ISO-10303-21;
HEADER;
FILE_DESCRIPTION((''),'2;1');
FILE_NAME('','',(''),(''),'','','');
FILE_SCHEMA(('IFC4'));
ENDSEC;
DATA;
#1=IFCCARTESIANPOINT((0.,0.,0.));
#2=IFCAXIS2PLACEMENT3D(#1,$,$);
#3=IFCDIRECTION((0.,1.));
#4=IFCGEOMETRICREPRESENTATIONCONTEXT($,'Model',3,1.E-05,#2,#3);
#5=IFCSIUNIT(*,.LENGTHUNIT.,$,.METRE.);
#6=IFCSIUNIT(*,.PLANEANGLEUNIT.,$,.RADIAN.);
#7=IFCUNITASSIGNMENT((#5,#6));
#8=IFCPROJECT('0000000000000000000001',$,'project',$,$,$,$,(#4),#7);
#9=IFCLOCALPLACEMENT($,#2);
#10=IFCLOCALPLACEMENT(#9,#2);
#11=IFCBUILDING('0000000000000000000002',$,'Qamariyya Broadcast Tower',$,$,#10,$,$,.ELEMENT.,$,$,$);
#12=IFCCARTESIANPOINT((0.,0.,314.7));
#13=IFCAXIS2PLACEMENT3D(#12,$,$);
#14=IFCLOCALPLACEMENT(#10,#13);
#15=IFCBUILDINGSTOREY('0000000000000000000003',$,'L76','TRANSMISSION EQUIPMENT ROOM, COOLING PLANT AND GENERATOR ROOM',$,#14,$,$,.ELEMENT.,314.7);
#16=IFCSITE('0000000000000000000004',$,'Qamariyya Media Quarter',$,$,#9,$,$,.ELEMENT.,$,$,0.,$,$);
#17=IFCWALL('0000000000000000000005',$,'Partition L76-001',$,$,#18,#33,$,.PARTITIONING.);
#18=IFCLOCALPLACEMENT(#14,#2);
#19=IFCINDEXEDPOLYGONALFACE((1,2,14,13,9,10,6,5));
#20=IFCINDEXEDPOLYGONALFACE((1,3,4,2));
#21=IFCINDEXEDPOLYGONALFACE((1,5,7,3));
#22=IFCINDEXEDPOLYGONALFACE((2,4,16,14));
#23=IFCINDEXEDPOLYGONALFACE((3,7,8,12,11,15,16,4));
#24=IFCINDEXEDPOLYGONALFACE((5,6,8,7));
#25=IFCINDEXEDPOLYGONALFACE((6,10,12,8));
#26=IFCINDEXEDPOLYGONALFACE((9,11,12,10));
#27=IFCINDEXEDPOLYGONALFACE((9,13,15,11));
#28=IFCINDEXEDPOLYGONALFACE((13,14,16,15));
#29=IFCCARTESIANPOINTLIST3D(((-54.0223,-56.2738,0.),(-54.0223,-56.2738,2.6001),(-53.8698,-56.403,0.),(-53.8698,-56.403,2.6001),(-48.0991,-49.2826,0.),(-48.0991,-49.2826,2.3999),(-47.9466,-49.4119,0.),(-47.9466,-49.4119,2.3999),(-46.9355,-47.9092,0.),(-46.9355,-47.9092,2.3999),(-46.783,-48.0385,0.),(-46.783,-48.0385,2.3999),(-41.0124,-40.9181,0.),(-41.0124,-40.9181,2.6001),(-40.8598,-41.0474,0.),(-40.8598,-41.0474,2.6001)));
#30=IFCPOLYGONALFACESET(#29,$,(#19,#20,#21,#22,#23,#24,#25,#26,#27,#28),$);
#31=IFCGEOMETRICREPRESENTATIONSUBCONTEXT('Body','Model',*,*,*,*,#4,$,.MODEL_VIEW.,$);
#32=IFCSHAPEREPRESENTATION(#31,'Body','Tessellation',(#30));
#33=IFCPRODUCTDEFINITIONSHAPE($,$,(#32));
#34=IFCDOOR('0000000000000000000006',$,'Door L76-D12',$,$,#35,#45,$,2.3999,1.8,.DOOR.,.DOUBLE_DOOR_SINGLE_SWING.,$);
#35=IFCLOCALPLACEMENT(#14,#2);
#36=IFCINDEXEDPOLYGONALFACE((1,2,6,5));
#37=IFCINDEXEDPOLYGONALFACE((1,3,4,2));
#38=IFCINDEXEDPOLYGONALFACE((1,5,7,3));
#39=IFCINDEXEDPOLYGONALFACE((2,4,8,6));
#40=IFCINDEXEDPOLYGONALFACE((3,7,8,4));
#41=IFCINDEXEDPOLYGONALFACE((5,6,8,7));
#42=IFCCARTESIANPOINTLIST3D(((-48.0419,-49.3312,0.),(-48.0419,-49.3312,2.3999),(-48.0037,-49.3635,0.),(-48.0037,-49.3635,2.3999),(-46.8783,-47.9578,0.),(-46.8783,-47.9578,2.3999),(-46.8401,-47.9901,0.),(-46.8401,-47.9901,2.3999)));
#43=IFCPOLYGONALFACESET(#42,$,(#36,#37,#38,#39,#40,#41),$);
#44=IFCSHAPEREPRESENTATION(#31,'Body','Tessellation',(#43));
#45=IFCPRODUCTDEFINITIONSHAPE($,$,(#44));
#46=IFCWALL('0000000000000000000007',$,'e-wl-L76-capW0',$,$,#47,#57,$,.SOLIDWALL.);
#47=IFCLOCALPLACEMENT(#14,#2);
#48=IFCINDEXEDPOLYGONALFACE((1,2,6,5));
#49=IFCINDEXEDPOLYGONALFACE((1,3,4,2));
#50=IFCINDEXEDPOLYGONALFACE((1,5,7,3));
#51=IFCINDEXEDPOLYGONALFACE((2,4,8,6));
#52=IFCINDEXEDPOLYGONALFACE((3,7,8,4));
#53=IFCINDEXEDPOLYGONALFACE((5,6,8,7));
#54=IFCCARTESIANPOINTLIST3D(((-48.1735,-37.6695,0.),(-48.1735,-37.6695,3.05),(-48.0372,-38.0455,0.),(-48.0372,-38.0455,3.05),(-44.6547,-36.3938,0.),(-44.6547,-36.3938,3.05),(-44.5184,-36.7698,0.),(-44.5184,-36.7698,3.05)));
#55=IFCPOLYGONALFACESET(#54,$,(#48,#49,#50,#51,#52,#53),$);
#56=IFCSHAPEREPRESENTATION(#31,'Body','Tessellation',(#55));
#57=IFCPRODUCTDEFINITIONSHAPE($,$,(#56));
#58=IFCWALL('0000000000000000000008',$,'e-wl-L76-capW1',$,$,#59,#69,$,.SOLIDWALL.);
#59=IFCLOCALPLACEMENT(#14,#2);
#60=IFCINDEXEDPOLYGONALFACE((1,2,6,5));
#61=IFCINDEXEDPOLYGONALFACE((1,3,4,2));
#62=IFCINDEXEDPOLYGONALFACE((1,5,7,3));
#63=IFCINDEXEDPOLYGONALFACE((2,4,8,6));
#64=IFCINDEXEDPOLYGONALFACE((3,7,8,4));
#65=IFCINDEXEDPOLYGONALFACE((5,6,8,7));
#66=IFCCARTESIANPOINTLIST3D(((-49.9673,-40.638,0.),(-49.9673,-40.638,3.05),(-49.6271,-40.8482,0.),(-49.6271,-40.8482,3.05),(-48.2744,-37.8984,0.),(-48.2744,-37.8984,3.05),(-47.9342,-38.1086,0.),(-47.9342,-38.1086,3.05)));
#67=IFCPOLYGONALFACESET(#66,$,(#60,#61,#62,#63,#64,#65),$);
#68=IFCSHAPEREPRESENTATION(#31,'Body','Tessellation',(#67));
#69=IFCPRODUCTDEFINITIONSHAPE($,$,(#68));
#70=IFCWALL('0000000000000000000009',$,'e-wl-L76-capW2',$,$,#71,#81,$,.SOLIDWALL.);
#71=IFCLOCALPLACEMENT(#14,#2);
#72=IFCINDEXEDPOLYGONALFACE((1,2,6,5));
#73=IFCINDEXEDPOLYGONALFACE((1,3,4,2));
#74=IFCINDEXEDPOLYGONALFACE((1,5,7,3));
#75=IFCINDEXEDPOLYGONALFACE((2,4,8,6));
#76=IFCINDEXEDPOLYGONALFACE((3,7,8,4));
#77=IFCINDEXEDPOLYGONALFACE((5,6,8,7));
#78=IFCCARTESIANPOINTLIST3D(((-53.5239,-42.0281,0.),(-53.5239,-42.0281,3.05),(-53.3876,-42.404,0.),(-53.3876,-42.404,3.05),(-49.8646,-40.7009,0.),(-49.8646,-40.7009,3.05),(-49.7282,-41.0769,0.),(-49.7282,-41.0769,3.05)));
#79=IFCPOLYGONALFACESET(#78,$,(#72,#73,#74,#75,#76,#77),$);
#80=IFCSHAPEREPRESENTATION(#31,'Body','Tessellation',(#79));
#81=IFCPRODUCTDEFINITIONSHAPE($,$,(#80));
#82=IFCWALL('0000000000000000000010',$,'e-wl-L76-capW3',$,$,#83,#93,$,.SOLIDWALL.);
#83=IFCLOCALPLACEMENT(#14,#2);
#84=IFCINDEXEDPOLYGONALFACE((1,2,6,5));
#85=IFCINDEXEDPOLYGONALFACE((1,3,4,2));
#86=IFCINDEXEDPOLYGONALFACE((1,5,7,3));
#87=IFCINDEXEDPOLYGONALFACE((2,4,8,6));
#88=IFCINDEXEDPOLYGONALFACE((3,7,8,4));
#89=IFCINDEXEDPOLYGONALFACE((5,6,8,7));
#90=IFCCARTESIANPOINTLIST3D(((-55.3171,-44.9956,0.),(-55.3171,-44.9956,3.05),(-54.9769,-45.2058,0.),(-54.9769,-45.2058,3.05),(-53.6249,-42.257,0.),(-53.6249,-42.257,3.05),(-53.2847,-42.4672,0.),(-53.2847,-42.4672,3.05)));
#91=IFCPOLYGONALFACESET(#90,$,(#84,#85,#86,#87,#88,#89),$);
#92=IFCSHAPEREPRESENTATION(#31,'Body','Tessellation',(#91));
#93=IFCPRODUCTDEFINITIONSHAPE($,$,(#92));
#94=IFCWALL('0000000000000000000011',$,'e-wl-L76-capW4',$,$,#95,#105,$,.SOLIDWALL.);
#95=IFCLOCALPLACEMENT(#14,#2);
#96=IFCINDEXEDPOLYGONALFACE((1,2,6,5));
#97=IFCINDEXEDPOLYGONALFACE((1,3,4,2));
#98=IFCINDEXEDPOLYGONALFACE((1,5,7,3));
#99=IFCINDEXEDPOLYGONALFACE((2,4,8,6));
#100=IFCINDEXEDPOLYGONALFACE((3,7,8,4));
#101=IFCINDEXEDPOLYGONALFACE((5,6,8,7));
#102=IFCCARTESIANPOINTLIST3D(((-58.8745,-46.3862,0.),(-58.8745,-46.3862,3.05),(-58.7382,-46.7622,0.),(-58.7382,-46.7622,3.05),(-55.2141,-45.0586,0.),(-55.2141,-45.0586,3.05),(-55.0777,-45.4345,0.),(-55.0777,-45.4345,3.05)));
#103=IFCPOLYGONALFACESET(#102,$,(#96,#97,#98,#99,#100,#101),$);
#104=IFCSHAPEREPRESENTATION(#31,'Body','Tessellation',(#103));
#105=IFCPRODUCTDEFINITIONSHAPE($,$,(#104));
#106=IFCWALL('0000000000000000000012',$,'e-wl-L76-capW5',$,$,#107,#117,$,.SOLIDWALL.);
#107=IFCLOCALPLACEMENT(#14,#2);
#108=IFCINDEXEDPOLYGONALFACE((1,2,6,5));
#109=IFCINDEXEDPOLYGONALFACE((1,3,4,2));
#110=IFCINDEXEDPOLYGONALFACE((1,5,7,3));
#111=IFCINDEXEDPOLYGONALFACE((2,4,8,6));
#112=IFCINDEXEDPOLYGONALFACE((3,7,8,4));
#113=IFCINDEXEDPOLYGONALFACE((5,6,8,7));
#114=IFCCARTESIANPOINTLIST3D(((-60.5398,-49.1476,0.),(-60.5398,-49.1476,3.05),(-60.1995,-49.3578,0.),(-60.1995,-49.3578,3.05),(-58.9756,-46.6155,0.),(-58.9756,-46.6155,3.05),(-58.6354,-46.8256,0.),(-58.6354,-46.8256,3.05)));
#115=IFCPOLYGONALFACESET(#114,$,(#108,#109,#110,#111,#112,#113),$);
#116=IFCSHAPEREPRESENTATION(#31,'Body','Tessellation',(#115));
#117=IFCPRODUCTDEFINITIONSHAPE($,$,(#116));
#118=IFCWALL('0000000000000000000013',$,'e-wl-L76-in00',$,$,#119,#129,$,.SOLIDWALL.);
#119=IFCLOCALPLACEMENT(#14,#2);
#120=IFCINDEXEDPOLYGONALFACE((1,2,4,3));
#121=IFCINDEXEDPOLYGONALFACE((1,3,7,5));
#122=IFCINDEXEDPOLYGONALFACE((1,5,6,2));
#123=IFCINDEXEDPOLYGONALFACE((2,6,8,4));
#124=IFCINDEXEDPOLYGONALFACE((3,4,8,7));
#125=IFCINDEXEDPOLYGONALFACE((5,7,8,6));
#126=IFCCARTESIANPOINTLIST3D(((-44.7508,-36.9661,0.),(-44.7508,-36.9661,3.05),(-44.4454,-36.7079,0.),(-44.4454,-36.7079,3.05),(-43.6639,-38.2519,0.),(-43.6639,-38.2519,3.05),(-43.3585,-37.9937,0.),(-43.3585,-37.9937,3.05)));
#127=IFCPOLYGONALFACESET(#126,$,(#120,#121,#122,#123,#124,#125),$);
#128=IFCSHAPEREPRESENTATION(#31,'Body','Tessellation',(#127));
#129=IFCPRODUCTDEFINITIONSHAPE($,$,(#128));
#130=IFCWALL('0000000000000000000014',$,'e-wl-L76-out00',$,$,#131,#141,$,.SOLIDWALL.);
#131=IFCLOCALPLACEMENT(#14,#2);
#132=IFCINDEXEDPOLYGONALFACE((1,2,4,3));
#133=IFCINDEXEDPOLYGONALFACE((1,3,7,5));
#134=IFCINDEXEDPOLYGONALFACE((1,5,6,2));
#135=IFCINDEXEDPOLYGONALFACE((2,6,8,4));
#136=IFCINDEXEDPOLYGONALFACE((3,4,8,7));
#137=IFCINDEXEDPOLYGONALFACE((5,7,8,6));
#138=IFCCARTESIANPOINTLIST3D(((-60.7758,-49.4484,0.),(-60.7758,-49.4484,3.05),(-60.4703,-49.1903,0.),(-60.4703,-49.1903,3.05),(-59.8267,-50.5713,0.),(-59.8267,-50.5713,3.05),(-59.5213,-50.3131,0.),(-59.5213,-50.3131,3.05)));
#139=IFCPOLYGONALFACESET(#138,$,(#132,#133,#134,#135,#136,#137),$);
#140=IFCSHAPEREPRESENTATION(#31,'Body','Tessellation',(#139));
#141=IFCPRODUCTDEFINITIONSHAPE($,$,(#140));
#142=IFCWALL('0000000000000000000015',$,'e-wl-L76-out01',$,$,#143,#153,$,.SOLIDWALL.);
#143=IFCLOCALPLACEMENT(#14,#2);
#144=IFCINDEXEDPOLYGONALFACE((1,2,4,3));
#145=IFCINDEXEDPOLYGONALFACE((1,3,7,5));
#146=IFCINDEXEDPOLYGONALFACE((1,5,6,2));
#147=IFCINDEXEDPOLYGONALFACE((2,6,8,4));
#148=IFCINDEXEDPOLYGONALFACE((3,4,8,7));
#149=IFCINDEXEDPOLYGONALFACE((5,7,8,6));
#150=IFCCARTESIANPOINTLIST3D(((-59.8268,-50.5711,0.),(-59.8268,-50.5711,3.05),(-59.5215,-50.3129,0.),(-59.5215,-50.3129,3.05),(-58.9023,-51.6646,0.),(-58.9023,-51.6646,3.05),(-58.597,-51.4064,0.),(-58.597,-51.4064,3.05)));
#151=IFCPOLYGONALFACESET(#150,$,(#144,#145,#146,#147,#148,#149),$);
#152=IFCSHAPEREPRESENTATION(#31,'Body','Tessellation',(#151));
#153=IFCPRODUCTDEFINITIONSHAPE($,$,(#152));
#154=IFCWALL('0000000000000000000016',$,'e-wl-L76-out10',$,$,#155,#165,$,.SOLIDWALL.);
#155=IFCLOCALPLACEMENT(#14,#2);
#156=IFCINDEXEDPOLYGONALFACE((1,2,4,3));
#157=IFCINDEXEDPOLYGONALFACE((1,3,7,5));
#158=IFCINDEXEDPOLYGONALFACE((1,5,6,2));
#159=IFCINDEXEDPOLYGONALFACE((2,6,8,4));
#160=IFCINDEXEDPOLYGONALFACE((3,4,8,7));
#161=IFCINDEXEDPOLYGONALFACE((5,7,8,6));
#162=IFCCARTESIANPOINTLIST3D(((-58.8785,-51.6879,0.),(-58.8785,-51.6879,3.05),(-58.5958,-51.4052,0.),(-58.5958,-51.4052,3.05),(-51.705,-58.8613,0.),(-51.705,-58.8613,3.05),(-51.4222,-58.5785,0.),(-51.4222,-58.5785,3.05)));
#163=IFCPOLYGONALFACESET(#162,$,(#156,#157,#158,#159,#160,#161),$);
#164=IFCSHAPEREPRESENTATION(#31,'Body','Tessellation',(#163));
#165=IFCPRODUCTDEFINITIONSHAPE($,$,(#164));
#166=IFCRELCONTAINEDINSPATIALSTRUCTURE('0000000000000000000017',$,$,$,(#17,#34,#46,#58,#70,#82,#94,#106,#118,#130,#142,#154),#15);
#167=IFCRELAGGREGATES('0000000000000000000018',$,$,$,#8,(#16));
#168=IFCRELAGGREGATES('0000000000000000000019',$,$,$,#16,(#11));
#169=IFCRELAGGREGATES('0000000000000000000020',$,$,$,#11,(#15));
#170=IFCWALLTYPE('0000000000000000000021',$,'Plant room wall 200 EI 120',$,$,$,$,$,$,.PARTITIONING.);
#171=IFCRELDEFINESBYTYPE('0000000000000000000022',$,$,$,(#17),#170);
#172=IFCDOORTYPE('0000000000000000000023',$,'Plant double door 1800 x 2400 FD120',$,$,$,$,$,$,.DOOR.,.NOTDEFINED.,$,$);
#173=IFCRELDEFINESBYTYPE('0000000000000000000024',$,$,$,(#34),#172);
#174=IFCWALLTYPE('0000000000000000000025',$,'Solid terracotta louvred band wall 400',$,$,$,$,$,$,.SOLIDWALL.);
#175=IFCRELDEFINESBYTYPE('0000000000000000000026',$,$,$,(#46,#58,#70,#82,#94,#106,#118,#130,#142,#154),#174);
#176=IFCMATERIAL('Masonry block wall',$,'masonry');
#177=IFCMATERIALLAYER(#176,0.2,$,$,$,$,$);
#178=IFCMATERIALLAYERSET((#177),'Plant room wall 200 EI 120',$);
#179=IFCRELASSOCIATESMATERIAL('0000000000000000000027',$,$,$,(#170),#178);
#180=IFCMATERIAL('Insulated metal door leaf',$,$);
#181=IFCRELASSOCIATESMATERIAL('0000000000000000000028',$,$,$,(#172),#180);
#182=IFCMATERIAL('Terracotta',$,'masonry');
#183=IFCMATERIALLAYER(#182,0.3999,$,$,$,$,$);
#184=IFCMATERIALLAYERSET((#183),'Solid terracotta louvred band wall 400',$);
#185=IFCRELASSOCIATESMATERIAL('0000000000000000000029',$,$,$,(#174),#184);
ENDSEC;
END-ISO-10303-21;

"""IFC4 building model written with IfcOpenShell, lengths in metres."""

from ifc_helpers import new_model, si_unit, direction, frame, frame_2d, origin, place, context, subcontext, project, spatial, rectangle, extrude, material, layer, layer_set, type_object, element, fill, save


model = new_model("IFC4")

# Units and contexts
model_context = context("Model", 3, precision=1e-05, world=origin(), true_north=direction((0.0, 1.0)))
body_context = subcontext(model_context, "Body", "Model", "MODEL_VIEW")
ifc_project = project(units=[si_unit("LENGTHUNIT", "METRE"), si_unit("PLANEANGLEUNIT", "RADIAN")], contexts=[model_context])

# Site, building, storey
site_placement = place(None, origin())
site = spatial("IfcSite", under=ifc_project, at=site_placement, Name="Qamariyya Media Quarter", CompositionType="ELEMENT", RefElevation=0.0)
building_placement = place(site_placement, origin())
building = spatial("IfcBuilding", under=site, at=building_placement, Name="Qamariyya Broadcast Tower", CompositionType="ELEMENT")
storey_placement = place(building_placement, frame((0.0, 0.0, 314.7)))
storey = spatial("IfcBuildingStorey", under=building, at=storey_placement, Name="L76", Description="TRANSMISSION EQUIPMENT ROOM, COOLING PLANT AND GENERATOR ROOM", CompositionType="ELEMENT", Elevation=314.7)

# Wall, opening, door
ifc_material_1 = material(Name="Masonry block wall", Category="masonry")
ifc_layer_1 = layer(ifc_material_1, 0.2)
ifc_layer_set_1 = layer_set([ifc_layer_1], Name="Plant room wall 200 EI 120")
wall_type_1 = type_object("IfcWallType", Name="Plant room wall 200 EI 120", PredefinedType="PARTITIONING", material=ifc_layer_set_1)
wall_1_placement = place(storey_placement, frame((-53.946, -56.3384, 0.0), z_axis=(0.0, 0.0, 1.0), x_axis=(0.646426, 0.762977, 0.0)))
wall_1 = element("IfcWall", 1, at=wall_1_placement, inside=storey, type_object=wall_type_1, Name="Partition L76-001", PredefinedType="PARTITIONING", context=body_context, shape_type="SweptSolid", body=[
    extrude(rectangle(XDim=20.126, YDim=0.2, at=frame_2d((10.063, 0.0))), origin(), (0.0, 0.0, 1.0), 2.6001),
])
opening_1_placement = place(wall_1_placement, frame((9.1631, 0.0, 0.0)))
opening_1 = element("IfcOpeningElement", 2, at=opening_1_placement, cuts=wall_1, PredefinedType="OPENING", context=body_context, shape_type="SweptSolid", body=[
    extrude(rectangle(XDim=1.8, YDim=2.3999, at=frame_2d((0.8999, 1.2))), frame((0.0, 0.1099, 0.0), z_axis=(0.0, -1.0, 0.0), x_axis=(1.0, 0.0, 0.0)), (0.0, 0.0, 1.0), 0.22),
])
ifc_material_2 = material(Name="Insulated metal door leaf")
door_type_1 = type_object("IfcDoorType", Name="Plant double door 1800 x 2400 FD120", OperationType="NOTDEFINED", PredefinedType="DOOR", material=ifc_material_2)
door_1_placement = place(opening_1_placement, origin())
door_1 = element("IfcDoor", 3, at=door_1_placement, inside=storey, type_object=door_type_1, Name="Door L76-D12", OperationType="DOUBLE_DOOR_SINGLE_SWING", OverallHeight=2.3999, OverallWidth=1.8, PredefinedType="DOOR", context=body_context, shape_type="SweptSolid", body=[
    extrude(rectangle(XDim=1.8, YDim=2.3999, at=frame_2d((0.8999, 1.2))), frame((0.0, 0.0249, 0.0), z_axis=(0.0, -1.0, 0.0), x_axis=(1.0, 0.0, 0.0)), (0.0, 0.0, 1.0), 0.05),
])
fill(opening_1, door_1)

# Walls
ifc_material_3 = material(Name="Terracotta", Category="masonry")
ifc_layer_2 = layer(ifc_material_3, 0.3999)
ifc_layer_set_2 = layer_set([ifc_layer_2], Name="Solid terracotta louvred band wall 400")
wall_type_2 = type_object("IfcWallType", Name="Solid terracotta louvred band wall 400", PredefinedType="SOLIDWALL", material=ifc_layer_set_2)
wall_2_placement = place(storey_placement, frame((-44.5864, -36.5818, 0.0), z_axis=(0.0, 0.0, 1.0), x_axis=(-0.94013, -0.340816, 0.0)))
element("IfcWall", 4, at=wall_2_placement, inside=storey, type_object=wall_type_2, Name="e-wl-L76-capW0", PredefinedType="SOLIDWALL", context=body_context, shape_type="SweptSolid", body=[
    extrude(rectangle(XDim=3.7429, YDim=0.3999, at=frame_2d((1.8716, 0.0))), origin(), (0.0, 0.0, 1.0), 3.05),
])
wall_3_placement = place(storey_placement, frame((-48.1042, -38.0034, 0.0), z_axis=(0.0, 0.0, 1.0), x_axis=(-0.525678, -0.850683, 0.0)))
element("IfcWall", 5, at=wall_3_placement, inside=storey, type_object=wall_type_2, Name="e-wl-L76-capW1", PredefinedType="SOLIDWALL", context=body_context, shape_type="SweptSolid", body=[
    extrude(rectangle(XDim=3.2205, YDim=0.3999, at=frame_2d((1.6104, 0.0))), origin(), (0.0, 0.0, 1.0), 3.05),
])
wall_4_placement = place(storey_placement, frame((-49.7964, -40.8889, 0.0), z_axis=(0.0, 0.0, 1.0), x_axis=(-0.940086, -0.340937, 0.0)))
element("IfcWall", 6, at=wall_4_placement, inside=storey, type_object=wall_type_2, Name="e-wl-L76-capW2", PredefinedType="SOLIDWALL", context=body_context, shape_type="SweptSolid", body=[
    extrude(rectangle(XDim=3.8926, YDim=0.3999, at=frame_2d((1.9463, 0.0))), origin(), (0.0, 0.0, 1.0), 3.05),
])
wall_5_placement = place(storey_placement, frame((-53.4548, -42.3621, 0.0), z_axis=(0.0, 0.0, 1.0), x_axis=(-0.525649, -0.850701, 0.0)))
element("IfcWall", 7, at=wall_5_placement, inside=storey, type_object=wall_type_2, Name="e-wl-L76-capW3", PredefinedType="SOLIDWALL", context=body_context, shape_type="SweptSolid", body=[
    extrude(rectangle(XDim=3.2192, YDim=0.3999, at=frame_2d((1.6096, 0.0))), origin(), (0.0, 0.0, 1.0), 3.05),
])
wall_6_placement = place(storey_placement, frame((-55.146, -45.2466, 0.0), z_axis=(0.0, 0.0, 1.0), x_axis=(-0.940075, -0.340968, 0.0)))
element("IfcWall", 8, at=wall_6_placement, inside=storey, type_object=wall_type_2, Name="e-wl-L76-capW4", PredefinedType="SOLIDWALL", context=body_context, shape_type="SweptSolid", body=[
    extrude(rectangle(XDim=3.8938, YDim=0.3999, at=frame_2d((1.9468, 0.0))), origin(), (0.0, 0.0, 1.0), 3.05),
])
wall_7_placement = place(storey_placement, frame((-58.8054, -46.7205, 0.0), z_axis=(0.0, 0.0, 1.0), x_axis=(-0.525538, -0.85077, 0.0)))
element("IfcWall", 9, at=wall_7_placement, inside=storey, type_object=wall_type_2, Name="e-wl-L76-capW5", PredefinedType="SOLIDWALL", context=body_context, shape_type="SweptSolid", body=[
    extrude(rectangle(XDim=2.9763, YDim=0.3999, at=frame_2d((1.4883, 0.0))), origin(), (0.0, 0.0, 1.0), 3.05),
])
wall_8_placement = place(storey_placement, frame((-43.5112, -38.1228, 0.0), z_axis=(0.0, 0.0, 1.0), x_axis=(-0.645546, 0.763722, 0.0)))
element("IfcWall", 10, at=wall_8_placement, inside=storey, type_object=wall_type_2, Name="e-wl-L76-in00", PredefinedType="SOLIDWALL", context=body_context, shape_type="SweptSolid", body=[
    extrude(rectangle(XDim=1.6836, YDim=0.3999, at=frame_2d((0.8418, 0.0))), origin(), (0.0, 0.0, 1.0), 3.05),
])
wall_9_placement = place(storey_placement, frame((-60.623, -49.3193, 0.0), z_axis=(0.0, 0.0, 1.0), x_axis=(0.64551, -0.763752, 0.0)))
element("IfcWall", 11, at=wall_9_placement, inside=storey, type_object=wall_type_2, Name="e-wl-L76-out00", PredefinedType="SOLIDWALL", context=body_context, shape_type="SweptSolid", body=[
    extrude(rectangle(XDim=1.4702, YDim=0.3999, at=frame_2d((0.7351, 0.0))), origin(), (0.0, 0.0, 1.0), 3.05),
])
wall_10_placement = place(storey_placement, frame((-59.6741, -50.4421, 0.0), z_axis=(0.0, 0.0, 1.0), x_axis=(0.645652, -0.763632, 0.0)))
element("IfcWall", 12, at=wall_10_placement, inside=storey, type_object=wall_type_2, Name="e-wl-L76-out01", PredefinedType="SOLIDWALL", context=body_context, shape_type="SweptSolid", body=[
    extrude(rectangle(XDim=1.4319, YDim=0.3999, at=frame_2d((0.7158, 0.0))), origin(), (0.0, 0.0, 1.0), 3.05),
])
wall_11_placement = place(storey_placement, frame((-58.7371, -51.5466, 0.0), z_axis=(0.0, 0.0, 1.0), x_axis=(0.707119, -0.707095, 0.0)))
element("IfcWall", 13, at=wall_11_placement, inside=storey, type_object=wall_type_2, Name="e-wl-L76-out10", PredefinedType="SOLIDWALL", context=body_context, shape_type="SweptSolid", body=[
    extrude(rectangle(XDim=10.1448, YDim=0.3999, at=frame_2d((5.0723, 0.0))), origin(), (0.0, 0.0, 1.0), 3.05),
])

save(model, "model.ifc")
